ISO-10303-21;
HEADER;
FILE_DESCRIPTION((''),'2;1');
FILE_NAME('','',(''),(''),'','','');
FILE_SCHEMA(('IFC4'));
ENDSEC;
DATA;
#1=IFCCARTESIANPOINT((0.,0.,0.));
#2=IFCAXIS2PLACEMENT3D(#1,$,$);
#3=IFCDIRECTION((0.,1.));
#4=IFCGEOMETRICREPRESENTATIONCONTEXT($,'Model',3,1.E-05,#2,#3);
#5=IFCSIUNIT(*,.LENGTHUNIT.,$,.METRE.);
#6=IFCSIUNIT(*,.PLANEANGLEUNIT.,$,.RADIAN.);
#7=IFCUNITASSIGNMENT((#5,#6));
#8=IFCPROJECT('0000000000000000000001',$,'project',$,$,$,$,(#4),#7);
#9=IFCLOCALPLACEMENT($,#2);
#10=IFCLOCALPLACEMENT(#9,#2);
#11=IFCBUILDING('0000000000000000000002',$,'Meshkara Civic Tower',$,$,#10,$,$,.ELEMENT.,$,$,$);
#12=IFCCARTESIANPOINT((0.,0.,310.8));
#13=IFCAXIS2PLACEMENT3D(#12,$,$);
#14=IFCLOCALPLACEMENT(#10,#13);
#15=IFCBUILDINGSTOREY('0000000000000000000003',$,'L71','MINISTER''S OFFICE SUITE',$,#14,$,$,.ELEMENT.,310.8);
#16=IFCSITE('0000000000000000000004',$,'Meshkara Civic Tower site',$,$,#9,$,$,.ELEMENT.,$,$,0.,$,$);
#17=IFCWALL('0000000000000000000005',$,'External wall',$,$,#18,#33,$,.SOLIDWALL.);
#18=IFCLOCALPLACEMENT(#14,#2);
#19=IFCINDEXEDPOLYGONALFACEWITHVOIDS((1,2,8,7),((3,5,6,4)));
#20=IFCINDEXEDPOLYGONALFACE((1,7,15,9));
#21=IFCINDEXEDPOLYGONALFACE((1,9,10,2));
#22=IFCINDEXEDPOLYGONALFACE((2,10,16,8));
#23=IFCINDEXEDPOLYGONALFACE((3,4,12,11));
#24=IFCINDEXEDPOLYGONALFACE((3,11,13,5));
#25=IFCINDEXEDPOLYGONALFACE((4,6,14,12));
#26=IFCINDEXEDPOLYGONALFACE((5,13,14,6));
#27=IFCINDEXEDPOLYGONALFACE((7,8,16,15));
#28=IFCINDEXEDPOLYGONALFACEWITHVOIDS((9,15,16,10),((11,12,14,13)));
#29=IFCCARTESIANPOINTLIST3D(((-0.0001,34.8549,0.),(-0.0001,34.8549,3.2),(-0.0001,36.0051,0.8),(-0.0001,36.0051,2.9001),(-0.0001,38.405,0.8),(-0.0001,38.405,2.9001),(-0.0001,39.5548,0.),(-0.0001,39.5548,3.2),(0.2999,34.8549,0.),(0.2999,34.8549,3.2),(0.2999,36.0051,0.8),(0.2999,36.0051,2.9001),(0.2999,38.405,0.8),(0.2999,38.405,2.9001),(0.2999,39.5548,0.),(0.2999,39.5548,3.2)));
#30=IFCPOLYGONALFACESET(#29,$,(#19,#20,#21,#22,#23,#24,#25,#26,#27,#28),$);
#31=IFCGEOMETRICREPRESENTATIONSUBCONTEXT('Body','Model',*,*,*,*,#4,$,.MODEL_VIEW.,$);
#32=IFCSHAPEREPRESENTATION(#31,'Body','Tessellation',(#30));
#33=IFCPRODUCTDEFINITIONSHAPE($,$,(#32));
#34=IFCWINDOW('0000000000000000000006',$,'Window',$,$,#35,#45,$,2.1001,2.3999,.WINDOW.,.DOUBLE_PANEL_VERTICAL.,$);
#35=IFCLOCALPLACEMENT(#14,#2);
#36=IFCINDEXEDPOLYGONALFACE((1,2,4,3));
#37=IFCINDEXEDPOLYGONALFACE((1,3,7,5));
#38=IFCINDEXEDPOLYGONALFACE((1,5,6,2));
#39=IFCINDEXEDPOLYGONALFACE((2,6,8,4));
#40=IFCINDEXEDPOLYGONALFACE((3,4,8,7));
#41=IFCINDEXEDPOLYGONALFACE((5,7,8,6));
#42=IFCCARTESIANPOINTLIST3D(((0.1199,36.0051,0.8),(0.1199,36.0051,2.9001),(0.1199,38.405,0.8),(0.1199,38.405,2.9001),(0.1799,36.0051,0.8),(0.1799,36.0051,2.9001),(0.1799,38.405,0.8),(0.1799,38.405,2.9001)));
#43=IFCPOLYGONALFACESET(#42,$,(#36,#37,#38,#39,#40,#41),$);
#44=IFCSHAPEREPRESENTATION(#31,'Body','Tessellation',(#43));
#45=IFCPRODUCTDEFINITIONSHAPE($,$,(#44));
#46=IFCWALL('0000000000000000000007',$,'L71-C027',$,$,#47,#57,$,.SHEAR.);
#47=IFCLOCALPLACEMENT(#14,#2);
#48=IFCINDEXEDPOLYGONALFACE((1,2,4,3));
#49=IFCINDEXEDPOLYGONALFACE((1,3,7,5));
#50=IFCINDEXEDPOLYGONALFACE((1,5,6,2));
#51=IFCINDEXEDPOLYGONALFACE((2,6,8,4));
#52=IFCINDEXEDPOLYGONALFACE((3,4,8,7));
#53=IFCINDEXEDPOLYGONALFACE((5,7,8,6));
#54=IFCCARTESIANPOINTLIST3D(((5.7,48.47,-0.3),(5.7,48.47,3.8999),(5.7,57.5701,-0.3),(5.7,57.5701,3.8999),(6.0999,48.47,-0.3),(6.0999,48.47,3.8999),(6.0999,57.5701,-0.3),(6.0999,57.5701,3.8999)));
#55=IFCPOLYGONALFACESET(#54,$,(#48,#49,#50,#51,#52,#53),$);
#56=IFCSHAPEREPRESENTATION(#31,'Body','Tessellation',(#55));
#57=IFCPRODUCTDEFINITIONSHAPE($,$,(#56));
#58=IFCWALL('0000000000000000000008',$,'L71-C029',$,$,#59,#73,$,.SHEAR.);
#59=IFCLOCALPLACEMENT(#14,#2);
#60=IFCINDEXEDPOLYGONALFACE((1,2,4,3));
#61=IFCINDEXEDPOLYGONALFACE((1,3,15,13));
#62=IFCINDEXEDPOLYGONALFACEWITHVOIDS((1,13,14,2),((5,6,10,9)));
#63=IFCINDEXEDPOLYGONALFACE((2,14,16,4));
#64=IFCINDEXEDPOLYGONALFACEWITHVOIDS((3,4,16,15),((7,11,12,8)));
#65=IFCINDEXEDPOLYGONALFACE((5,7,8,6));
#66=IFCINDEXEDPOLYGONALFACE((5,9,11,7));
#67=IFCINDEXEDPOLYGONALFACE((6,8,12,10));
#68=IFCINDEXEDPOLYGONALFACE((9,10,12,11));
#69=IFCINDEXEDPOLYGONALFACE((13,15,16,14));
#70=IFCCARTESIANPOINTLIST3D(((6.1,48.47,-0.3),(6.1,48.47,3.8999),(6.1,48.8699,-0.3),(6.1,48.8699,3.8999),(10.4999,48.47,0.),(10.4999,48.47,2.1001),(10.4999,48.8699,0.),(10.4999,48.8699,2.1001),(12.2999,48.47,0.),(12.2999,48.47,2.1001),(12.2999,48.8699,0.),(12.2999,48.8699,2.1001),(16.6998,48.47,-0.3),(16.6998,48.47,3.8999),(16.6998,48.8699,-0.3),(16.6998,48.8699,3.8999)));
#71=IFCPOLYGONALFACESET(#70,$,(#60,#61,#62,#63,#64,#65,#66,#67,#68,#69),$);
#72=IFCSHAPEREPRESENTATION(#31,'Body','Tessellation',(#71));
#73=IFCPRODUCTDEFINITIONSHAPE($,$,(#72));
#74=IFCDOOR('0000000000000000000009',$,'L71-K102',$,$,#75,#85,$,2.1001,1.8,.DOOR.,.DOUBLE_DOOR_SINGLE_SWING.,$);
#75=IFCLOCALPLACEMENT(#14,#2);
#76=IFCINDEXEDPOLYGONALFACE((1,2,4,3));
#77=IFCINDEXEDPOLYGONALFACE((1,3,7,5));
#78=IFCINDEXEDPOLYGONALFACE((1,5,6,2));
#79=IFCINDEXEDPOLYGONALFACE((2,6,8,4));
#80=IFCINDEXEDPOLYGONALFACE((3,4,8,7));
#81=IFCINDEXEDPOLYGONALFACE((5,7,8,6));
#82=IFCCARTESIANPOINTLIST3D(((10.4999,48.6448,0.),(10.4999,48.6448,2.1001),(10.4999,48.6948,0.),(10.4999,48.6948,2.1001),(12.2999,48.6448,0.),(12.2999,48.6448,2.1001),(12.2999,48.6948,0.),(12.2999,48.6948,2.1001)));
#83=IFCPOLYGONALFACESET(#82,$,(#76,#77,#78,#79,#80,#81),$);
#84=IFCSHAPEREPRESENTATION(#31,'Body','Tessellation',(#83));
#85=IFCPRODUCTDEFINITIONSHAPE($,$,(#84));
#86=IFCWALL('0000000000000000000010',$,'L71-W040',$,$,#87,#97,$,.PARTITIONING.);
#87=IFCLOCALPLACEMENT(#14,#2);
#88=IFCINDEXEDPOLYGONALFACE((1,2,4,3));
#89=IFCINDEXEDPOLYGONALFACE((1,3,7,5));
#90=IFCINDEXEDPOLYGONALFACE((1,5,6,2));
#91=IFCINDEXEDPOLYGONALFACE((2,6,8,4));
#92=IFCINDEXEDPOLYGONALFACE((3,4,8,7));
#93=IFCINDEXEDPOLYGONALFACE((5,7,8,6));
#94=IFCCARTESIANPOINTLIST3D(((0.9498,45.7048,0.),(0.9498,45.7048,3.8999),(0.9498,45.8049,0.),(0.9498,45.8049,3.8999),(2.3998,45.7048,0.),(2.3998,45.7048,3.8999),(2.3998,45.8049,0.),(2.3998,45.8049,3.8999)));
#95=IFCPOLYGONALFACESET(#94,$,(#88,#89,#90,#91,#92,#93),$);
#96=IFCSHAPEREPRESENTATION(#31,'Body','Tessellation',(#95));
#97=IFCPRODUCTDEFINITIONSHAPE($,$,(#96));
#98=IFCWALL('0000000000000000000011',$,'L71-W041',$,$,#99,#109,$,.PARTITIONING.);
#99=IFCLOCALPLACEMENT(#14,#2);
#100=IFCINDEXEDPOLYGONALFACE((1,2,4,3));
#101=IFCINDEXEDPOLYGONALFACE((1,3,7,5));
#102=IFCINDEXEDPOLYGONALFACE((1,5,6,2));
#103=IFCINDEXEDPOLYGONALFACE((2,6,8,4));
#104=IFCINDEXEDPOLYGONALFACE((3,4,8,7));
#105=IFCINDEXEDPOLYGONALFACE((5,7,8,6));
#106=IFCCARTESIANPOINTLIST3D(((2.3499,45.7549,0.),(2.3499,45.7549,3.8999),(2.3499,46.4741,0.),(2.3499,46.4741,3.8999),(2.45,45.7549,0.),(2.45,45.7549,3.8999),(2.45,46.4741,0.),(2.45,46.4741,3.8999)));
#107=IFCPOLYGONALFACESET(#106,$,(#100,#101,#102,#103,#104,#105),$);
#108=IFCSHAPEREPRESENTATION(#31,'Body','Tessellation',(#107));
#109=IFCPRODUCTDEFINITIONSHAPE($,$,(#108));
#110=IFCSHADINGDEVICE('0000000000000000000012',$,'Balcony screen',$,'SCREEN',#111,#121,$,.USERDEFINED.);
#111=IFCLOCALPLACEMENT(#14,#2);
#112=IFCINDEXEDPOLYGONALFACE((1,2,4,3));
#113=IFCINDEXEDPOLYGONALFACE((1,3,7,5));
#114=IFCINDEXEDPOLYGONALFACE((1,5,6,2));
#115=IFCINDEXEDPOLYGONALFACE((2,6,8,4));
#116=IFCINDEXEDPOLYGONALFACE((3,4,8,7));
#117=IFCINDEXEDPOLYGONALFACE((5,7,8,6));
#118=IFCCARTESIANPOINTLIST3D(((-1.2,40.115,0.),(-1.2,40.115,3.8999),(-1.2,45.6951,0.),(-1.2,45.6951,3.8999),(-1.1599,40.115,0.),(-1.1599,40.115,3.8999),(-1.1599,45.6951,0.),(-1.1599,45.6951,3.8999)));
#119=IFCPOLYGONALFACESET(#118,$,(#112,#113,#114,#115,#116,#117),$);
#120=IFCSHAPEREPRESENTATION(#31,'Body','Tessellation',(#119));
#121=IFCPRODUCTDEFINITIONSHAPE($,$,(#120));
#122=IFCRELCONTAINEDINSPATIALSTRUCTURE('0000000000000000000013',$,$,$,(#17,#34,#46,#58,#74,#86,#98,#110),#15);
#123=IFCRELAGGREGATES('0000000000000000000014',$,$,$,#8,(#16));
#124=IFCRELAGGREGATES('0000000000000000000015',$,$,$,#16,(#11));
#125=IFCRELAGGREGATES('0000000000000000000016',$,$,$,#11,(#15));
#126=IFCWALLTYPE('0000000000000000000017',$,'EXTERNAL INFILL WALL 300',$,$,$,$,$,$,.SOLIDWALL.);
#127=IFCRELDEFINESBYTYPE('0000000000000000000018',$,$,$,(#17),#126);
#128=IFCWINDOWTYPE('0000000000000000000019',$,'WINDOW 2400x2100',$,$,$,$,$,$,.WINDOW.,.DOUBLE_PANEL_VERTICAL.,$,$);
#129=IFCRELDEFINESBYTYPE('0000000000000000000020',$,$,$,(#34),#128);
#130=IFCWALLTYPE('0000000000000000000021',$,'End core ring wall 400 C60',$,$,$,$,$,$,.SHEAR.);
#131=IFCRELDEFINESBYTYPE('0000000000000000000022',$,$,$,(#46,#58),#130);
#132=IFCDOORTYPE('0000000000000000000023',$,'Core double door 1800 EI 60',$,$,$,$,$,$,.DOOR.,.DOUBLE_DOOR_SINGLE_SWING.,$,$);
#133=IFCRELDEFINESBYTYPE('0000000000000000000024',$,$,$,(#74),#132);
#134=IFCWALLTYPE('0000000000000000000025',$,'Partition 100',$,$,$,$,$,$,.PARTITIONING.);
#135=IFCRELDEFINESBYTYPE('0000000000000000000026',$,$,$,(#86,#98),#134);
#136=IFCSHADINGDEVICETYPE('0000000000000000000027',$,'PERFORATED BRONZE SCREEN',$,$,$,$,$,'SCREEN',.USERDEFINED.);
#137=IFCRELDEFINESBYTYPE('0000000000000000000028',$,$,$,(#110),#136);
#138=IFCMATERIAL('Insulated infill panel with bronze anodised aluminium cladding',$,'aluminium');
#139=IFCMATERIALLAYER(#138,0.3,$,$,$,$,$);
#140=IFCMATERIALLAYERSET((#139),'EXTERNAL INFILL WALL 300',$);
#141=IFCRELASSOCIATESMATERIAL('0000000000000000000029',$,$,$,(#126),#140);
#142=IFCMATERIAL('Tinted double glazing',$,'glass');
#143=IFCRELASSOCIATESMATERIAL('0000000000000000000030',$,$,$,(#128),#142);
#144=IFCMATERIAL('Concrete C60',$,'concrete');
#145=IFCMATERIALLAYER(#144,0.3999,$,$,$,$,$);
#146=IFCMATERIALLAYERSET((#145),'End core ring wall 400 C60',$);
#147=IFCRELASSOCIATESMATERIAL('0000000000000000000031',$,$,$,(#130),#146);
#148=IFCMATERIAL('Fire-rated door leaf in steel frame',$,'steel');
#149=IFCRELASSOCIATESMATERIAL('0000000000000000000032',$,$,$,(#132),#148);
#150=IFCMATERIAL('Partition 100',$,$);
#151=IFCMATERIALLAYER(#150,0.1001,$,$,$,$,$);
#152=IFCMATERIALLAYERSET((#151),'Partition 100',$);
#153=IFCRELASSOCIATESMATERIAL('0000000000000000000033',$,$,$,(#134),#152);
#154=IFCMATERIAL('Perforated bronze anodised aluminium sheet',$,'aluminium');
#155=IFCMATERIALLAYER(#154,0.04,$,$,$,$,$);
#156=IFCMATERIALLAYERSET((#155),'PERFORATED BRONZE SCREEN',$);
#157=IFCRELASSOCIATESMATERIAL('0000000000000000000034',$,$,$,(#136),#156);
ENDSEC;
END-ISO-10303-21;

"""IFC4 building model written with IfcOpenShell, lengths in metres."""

from ifc_helpers import new_model, si_unit, direction, frame, frame_2d, origin, origin_2d, place, context, subcontext, project, spatial, rectangle, extrude, material, layer, layer_set, type_object, element, fill, save


model = new_model("IFC4")

# Units and contexts
model_context = context("Model", 3, precision=1e-05, world=origin(), true_north=direction((0.0, 1.0)))
body_context = subcontext(model_context, "Body", "Model", "MODEL_VIEW")
ifc_project = project(units=[si_unit("LENGTHUNIT", "METRE"), si_unit("PLANEANGLEUNIT", "RADIAN")], contexts=[model_context])

# Site, building, storey
site_placement = place(None, origin())
site = spatial("IfcSite", under=ifc_project, at=site_placement, Name="Meshkara Civic Tower site", CompositionType="ELEMENT", RefElevation=0.0)
building_placement = place(site_placement, origin())
building = spatial("IfcBuilding", under=site, at=building_placement, Name="Meshkara Civic Tower", CompositionType="ELEMENT")
storey_placement = place(building_placement, frame((0.0, 0.0, 310.8)))
storey = spatial("IfcBuildingStorey", under=building, at=storey_placement, Name="L71", Description="MINISTER'S OFFICE SUITE", CompositionType="ELEMENT", Elevation=310.8)

# Wall, opening, window
ifc_material_1 = material(Name="Insulated infill panel with bronze anodised aluminium cladding", Category="aluminium")
ifc_layer_1 = layer(ifc_material_1, 0.3)
ifc_layer_set_1 = layer_set([ifc_layer_1], Name="EXTERNAL INFILL WALL 300")
wall_type_1 = type_object("IfcWallType", Name="EXTERNAL INFILL WALL 300", PredefinedType="SOLIDWALL", material=ifc_layer_set_1)
wall_1_placement = place(storey_placement, frame((0.1499, 39.5549, 0.0), z_axis=(0.0, 0.0, 1.0), x_axis=(0.0, -1.0, 0.0)))
wall_1 = element("IfcWall", 1, at=wall_1_placement, inside=storey, type_object=wall_type_1, Name="External wall", PredefinedType="SOLIDWALL", context=body_context, shape_type="SweptSolid", body=[
    extrude(rectangle(XDim=4.7, YDim=0.3, at=frame_2d((2.3501, 0.0))), origin(), (0.0, 0.0, 1.0), 3.2),
])
opening_1_placement = place(wall_1_placement, frame((1.1499, 0.0, 0.8)))
opening_1 = element("IfcOpeningElement", 2, at=opening_1_placement, cuts=wall_1, PredefinedType="OPENING", context=body_context, shape_type="SweptSolid", body=[
    extrude(rectangle(XDim=2.3999, YDim=2.1001, at=frame_2d((1.2, 1.05))), frame((0.0, 0.1599, 0.0), z_axis=(0.0, -1.0, 0.0), x_axis=(1.0, 0.0, 0.0)), (0.0, 0.0, 1.0), 0.3201),
])
ifc_material_2 = material(Name="Tinted double glazing", Category="glass")
window_type = type_object("IfcWindowType", Name="WINDOW 2400x2100", PartitioningType="DOUBLE_PANEL_VERTICAL", PredefinedType="WINDOW", material=ifc_material_2)
window_placement = place(opening_1_placement, origin())
window = element("IfcWindow", 3, at=window_placement, inside=storey, type_object=window_type, Name="Window", OverallHeight=2.1001, OverallWidth=2.3999, PartitioningType="DOUBLE_PANEL_VERTICAL", PredefinedType="WINDOW", context=body_context, shape_type="SweptSolid", body=[
    extrude(rectangle(XDim=2.3999, YDim=2.1001, at=frame_2d((1.2, 1.05))), frame((0.0, 0.03, 0.0), z_axis=(0.0, -1.0, 0.0), x_axis=(1.0, 0.0, 0.0)), (0.0, 0.0, 1.0), 0.0601),
])
fill(opening_1, window)

# Wall
ifc_material_3 = material(Name="Concrete C60", Category="concrete")
ifc_layer_2 = layer(ifc_material_3, 0.3999)
ifc_layer_set_2 = layer_set([ifc_layer_2], Name="End core ring wall 400 C60")
wall_type_2 = type_object("IfcWallType", Name="End core ring wall 400 C60", PredefinedType="SHEAR", material=ifc_layer_set_2)
wall_2_placement = place(storey_placement, frame((5.8999, 48.47, -0.3), z_axis=(0.0, 0.0, 1.0), x_axis=(0.0, 1.0, 0.0)))
element("IfcWall", 4, at=wall_2_placement, inside=storey, type_object=wall_type_2, Name="L71-C027", PredefinedType="SHEAR", context=body_context, shape_type="SweptSolid", body=[
    extrude(rectangle(XDim=9.1001, YDim=0.3999, at=frame_2d((4.55, 0.0))), origin(), (0.0, 0.0, 1.0), 4.2),
])

# Wall, opening, door
wall_3_placement = place(storey_placement, frame((6.1001, 48.6699, -0.3), z_axis=(0.0, 0.0, 1.0), x_axis=(1.0, 0.0, 0.0)))
wall_3 = element("IfcWall", 5, at=wall_3_placement, inside=storey, type_object=wall_type_2, Name="L71-C029", PredefinedType="SHEAR", context=body_context, shape_type="SweptSolid", body=[
    extrude(rectangle(XDim=10.5999, YDim=0.3999, at=frame_2d((5.2998, 0.0))), origin(), (0.0, 0.0, 1.0), 4.2),
])
opening_2_placement = place(wall_3_placement, frame((4.3999, 0.0, 0.3)))
opening_2 = element("IfcOpeningElement", 6, at=opening_2_placement, cuts=wall_3, PredefinedType="OPENING", context=body_context, shape_type="SweptSolid", body=[
    extrude(rectangle(XDim=1.8, YDim=2.1001, at=frame_2d((0.8999, 1.05))), frame((0.0, 0.21, 0.0), z_axis=(0.0, -1.0, 0.0), x_axis=(1.0, 0.0, 0.0)), (0.0, 0.0, 1.0), 0.4199),
])
ifc_material_4 = material(Name="Fire-rated door leaf in steel frame", Category="steel")
door_type_1 = type_object("IfcDoorType", Name="Core double door 1800 EI 60", OperationType="DOUBLE_DOOR_SINGLE_SWING", PredefinedType="DOOR", material=ifc_material_4)
door_1_placement = place(opening_2_placement, origin())
door_1 = element("IfcDoor", 7, at=door_1_placement, inside=storey, type_object=door_type_1, Name="L71-K102", OperationType="DOUBLE_DOOR_SINGLE_SWING", OverallHeight=2.1001, OverallWidth=1.8, PredefinedType="DOOR", context=body_context, shape_type="SweptSolid", body=[
    extrude(rectangle(XDim=1.8, YDim=2.1001, at=frame_2d((0.8999, 1.05))), frame((0.0, 0.0249, 0.0), z_axis=(0.0, -1.0, 0.0), x_axis=(1.0, 0.0, 0.0)), (0.0, 0.0, 1.0), 0.05),
])
fill(opening_2, door_1)

# Walls
ifc_material_5 = material(Name="Partition 100")
ifc_layer_3 = layer(ifc_material_5, 0.1001)
ifc_layer_set_3 = layer_set([ifc_layer_3], Name="Partition 100")
wall_type_3 = type_object("IfcWallType", Name="Partition 100", PredefinedType="PARTITIONING", material=ifc_layer_set_3)
wall_4_placement = place(storey_placement, frame((2.3999, 45.7549, 0.0), z_axis=(0.0, 0.0, 1.0), x_axis=(-1.0, 0.0, 0.0)))
element("IfcWall", 8, at=wall_4_placement, inside=storey, type_object=wall_type_3, Name="L71-W040", PredefinedType="PARTITIONING", context=body_context, shape_type="SweptSolid", body=[
    extrude(rectangle(XDim=1.45, YDim=0.1001, at=frame_2d((0.7251, 0.0))), origin(), (0.0, 0.0, 1.0), 3.8999),
])
wall_5_placement = place(storey_placement, frame((2.3999, 46.4741, 0.0), z_axis=(0.0, 0.0, 1.0), x_axis=(0.0, -1.0, 0.0)))
element("IfcWall", 9, at=wall_5_placement, inside=storey, type_object=wall_type_3, Name="L71-W041", PredefinedType="PARTITIONING", context=body_context, shape_type="SweptSolid", body=[
    extrude(rectangle(XDim=0.7192, YDim=0.1001, at=frame_2d((0.3596, 0.0))), origin(), (0.0, 0.0, 1.0), 3.8999),
])

# Shading device
ifc_material_6 = material(Name="Perforated bronze anodised aluminium sheet", Category="aluminium")
ifc_layer_4 = layer(ifc_material_6, 0.04)
ifc_layer_set_4 = layer_set([ifc_layer_4], Name="PERFORATED BRONZE SCREEN")
shading_device_type = type_object("IfcShadingDeviceType", Name="PERFORATED BRONZE SCREEN", ElementType="SCREEN", PredefinedType="USERDEFINED", material=ifc_layer_set_4)
shading_device_placement = place(storey_placement, frame((-1.1799, 42.905, 0.0), z_axis=(0.0, 0.0, 1.0), x_axis=(0.0, -1.0, 0.0)))
element("IfcShadingDevice", 10, at=shading_device_placement, inside=storey, type_object=shading_device_type, Name="Balcony screen", ObjectType="SCREEN", PredefinedType="USERDEFINED", context=body_context, shape_type="SweptSolid", body=[
    extrude(rectangle(XDim=5.5801, YDim=0.04, at=origin_2d()), origin(), (0.0, 0.0, 1.0), 3.8999),
])

save(model, "model.ifc")
